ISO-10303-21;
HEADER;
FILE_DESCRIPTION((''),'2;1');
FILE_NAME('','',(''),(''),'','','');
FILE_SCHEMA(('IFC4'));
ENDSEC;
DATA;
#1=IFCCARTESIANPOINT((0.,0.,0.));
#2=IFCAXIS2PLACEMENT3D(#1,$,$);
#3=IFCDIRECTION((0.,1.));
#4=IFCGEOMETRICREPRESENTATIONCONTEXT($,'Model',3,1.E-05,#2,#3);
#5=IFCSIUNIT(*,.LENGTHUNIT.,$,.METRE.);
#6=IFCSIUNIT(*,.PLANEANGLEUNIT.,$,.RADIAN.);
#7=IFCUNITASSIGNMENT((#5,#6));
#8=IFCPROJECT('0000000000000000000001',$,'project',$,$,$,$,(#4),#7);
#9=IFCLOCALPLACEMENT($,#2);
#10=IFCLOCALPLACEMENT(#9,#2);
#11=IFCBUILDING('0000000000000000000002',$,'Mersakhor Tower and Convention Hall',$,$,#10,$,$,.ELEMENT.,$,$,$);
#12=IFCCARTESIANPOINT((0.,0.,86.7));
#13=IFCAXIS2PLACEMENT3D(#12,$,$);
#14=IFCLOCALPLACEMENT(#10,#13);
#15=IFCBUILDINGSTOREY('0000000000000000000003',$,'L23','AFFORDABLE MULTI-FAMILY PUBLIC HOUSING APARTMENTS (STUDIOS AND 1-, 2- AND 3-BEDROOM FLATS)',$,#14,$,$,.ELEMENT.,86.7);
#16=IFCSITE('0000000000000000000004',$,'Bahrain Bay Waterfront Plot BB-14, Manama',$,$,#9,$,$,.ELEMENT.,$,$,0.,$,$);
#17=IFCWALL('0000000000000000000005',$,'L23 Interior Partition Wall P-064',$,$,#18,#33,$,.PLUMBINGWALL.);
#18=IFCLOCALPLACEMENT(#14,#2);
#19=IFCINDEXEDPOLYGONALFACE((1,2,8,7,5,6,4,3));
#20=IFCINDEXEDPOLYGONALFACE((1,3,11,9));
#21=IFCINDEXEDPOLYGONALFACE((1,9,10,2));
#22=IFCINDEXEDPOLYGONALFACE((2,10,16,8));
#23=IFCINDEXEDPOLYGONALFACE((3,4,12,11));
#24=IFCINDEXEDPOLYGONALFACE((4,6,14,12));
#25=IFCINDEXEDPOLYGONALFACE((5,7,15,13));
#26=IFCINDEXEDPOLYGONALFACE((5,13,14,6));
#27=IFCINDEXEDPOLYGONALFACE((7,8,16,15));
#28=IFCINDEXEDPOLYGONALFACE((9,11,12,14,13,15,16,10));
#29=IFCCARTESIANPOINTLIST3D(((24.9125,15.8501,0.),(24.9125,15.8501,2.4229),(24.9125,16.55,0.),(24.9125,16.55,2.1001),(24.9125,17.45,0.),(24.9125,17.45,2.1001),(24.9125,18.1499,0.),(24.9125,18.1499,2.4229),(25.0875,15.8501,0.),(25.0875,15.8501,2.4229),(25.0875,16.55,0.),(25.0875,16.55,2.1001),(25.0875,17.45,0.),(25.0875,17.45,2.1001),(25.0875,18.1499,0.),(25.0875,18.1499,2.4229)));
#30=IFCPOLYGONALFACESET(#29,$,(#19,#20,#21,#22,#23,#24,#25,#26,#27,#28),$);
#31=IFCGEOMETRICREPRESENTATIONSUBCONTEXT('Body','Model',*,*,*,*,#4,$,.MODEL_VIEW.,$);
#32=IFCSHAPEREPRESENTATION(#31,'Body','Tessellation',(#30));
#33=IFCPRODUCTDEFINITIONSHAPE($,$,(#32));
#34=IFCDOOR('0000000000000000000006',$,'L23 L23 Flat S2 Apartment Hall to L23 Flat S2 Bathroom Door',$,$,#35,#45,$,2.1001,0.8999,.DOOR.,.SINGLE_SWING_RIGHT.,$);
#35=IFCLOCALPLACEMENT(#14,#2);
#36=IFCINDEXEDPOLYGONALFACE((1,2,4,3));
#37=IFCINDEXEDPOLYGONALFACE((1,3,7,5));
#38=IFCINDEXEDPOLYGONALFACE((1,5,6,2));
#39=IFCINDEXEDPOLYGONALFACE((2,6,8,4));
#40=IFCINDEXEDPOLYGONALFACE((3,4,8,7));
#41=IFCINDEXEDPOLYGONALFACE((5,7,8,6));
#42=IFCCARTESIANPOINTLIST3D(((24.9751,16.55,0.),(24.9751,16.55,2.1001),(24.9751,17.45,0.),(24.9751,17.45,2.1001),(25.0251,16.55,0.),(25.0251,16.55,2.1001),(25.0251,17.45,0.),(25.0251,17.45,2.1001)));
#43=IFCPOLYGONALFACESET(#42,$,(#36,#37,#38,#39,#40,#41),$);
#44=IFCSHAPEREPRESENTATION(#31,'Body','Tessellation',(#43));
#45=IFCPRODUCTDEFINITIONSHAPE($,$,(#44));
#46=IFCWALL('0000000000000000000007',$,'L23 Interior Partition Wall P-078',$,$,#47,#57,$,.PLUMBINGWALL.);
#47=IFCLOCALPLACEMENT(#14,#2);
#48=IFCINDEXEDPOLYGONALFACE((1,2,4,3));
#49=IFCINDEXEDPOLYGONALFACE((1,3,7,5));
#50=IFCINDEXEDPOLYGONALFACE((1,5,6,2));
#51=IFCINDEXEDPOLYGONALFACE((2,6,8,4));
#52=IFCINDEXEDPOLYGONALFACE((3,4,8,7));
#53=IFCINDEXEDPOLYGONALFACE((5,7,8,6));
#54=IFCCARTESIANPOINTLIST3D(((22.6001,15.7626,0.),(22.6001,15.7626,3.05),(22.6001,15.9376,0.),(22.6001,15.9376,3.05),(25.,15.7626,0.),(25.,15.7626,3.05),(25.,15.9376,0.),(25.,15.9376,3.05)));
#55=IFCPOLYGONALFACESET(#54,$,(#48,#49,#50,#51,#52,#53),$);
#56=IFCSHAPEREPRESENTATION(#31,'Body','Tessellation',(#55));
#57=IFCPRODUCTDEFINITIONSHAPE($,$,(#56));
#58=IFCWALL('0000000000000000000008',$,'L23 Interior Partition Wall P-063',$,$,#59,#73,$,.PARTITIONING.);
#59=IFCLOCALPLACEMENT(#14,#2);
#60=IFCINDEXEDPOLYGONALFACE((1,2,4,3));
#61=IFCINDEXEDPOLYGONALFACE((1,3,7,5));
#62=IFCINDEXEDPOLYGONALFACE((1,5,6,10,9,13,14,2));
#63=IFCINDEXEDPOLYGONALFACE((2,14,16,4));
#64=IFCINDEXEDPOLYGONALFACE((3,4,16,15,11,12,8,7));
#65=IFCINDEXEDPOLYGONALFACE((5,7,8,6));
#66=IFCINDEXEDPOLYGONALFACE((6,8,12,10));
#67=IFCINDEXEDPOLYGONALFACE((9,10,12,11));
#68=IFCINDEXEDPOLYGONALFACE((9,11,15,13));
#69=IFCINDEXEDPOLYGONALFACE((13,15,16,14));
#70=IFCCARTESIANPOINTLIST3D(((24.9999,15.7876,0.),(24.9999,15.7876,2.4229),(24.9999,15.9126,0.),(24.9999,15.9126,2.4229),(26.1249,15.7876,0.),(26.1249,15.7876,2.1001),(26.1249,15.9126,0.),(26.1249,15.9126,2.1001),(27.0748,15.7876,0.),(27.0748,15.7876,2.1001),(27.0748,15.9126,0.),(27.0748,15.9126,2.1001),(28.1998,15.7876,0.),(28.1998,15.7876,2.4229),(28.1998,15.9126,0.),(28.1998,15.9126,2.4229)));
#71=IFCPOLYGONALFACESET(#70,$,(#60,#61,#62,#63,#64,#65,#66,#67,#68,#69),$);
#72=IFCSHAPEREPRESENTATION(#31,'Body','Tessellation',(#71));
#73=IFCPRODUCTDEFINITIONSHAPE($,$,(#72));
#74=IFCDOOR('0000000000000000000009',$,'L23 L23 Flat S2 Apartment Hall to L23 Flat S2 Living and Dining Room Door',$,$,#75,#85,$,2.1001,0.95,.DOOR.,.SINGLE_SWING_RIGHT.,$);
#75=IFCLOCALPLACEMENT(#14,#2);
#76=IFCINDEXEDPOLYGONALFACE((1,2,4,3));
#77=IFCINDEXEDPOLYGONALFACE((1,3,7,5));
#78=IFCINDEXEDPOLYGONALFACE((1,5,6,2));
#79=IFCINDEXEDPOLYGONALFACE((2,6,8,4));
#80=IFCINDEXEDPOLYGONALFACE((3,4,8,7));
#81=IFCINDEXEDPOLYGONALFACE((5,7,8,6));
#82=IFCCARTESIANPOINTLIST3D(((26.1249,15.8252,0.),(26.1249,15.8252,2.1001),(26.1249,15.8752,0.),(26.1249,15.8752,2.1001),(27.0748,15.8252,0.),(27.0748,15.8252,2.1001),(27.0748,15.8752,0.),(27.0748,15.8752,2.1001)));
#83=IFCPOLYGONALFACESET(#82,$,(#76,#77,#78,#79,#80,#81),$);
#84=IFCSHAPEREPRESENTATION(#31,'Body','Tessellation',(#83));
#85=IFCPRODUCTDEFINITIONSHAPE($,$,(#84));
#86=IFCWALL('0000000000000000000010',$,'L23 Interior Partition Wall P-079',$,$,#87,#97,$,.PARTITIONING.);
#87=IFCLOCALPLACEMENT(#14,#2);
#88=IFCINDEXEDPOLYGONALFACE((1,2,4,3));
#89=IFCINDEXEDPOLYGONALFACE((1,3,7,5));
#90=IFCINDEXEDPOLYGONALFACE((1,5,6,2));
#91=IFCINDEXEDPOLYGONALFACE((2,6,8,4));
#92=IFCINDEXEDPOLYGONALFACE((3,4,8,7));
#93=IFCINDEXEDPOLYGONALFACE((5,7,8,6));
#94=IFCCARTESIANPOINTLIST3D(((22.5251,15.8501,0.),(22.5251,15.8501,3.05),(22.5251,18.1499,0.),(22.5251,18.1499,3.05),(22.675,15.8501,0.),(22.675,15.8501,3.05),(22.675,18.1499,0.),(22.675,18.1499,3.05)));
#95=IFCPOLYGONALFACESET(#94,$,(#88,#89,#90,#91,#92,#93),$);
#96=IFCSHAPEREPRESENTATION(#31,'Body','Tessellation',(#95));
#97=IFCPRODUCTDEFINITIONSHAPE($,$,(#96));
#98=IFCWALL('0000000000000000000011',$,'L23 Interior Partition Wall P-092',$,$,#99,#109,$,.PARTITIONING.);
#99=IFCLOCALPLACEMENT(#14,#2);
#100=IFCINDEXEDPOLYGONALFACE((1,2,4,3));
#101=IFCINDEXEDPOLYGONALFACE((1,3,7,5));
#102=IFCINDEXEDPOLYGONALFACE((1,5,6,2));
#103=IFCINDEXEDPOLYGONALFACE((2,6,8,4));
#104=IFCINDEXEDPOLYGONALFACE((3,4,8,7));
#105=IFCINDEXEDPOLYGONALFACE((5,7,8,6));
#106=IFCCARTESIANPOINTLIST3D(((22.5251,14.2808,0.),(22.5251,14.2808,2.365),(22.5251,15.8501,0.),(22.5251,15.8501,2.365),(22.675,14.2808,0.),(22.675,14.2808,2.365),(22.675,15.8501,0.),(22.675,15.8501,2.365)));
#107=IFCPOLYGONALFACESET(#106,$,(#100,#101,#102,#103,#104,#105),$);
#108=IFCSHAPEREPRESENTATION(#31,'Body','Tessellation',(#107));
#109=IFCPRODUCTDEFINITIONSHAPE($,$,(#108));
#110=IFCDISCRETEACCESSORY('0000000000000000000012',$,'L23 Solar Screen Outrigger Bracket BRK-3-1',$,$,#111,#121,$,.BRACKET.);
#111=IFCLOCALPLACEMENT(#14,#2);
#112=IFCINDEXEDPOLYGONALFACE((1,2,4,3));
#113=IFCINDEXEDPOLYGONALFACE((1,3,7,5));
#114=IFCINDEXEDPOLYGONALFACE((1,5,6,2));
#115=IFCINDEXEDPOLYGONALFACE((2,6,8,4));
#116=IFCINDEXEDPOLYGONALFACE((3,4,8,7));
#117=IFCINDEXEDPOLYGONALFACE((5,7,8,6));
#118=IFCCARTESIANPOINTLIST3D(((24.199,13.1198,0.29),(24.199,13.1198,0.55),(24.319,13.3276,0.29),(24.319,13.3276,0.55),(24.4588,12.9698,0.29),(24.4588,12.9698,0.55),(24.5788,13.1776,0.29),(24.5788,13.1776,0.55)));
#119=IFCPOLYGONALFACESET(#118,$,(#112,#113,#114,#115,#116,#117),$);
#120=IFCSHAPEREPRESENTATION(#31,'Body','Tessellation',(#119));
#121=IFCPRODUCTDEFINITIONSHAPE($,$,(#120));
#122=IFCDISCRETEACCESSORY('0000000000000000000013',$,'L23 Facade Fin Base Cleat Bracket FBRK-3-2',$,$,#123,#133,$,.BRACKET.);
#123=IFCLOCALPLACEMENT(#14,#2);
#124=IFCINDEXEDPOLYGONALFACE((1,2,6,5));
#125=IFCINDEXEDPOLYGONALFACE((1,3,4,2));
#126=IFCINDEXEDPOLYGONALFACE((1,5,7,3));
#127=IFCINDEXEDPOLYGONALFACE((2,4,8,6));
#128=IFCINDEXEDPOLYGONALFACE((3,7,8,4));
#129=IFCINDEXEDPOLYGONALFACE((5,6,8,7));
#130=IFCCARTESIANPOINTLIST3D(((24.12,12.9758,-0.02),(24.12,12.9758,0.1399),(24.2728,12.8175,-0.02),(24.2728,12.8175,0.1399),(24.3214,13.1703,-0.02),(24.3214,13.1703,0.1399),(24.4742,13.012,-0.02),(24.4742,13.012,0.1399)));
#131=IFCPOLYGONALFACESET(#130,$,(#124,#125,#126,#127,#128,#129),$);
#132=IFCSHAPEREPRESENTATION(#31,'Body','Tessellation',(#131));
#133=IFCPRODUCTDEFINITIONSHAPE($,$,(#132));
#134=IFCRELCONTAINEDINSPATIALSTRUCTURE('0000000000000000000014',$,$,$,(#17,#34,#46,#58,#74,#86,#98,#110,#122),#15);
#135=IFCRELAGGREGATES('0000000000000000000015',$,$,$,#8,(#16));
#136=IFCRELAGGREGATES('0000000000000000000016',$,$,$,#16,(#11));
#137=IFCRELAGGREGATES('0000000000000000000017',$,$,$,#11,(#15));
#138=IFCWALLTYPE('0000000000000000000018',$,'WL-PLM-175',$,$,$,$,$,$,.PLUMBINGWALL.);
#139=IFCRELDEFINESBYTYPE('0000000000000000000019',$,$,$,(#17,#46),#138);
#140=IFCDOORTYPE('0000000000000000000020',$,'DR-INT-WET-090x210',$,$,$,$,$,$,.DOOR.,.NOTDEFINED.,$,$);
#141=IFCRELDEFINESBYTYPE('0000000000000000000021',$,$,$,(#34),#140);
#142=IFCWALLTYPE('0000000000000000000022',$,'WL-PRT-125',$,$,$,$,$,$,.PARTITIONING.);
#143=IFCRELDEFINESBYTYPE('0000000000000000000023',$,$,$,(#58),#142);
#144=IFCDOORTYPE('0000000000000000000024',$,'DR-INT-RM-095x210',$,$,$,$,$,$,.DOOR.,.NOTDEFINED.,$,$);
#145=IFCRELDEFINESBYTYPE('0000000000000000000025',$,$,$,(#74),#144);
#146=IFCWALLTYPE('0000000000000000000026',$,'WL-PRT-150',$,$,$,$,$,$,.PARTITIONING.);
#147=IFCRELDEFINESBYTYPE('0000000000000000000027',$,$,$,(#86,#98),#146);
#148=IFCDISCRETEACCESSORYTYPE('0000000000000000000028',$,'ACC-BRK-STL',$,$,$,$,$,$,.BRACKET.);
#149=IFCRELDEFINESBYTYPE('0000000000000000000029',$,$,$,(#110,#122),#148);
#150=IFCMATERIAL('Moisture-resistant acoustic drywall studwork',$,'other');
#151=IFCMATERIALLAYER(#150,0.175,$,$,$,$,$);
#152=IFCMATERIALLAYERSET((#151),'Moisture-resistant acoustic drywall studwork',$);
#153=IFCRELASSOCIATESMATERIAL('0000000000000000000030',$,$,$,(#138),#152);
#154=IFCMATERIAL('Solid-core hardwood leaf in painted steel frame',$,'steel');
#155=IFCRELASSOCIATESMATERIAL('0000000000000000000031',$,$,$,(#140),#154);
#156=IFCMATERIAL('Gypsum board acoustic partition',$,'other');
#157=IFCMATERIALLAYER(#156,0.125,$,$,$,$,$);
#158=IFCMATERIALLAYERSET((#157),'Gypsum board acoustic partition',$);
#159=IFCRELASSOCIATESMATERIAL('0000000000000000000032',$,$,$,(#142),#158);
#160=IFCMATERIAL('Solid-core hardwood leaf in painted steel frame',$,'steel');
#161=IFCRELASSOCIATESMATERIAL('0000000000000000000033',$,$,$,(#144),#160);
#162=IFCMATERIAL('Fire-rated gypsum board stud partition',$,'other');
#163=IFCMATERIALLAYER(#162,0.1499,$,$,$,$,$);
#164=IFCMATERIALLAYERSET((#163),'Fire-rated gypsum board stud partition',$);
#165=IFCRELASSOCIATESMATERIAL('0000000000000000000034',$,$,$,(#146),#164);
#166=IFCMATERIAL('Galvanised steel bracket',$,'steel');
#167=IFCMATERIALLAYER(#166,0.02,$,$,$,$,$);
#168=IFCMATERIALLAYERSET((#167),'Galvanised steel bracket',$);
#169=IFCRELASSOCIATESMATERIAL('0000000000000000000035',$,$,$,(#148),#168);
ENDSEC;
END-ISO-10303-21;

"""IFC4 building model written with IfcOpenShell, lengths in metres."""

from ifc_helpers import new_model, si_unit, direction, frame, frame_2d, origin, origin_2d, place, context, subcontext, project, spatial, rectangle, extrude, material, layer, layer_set, type_object, element, fill, save


model = new_model("IFC4")

# Units and contexts
model_context = context("Model", 3, precision=1e-05, world=origin(), true_north=direction((0.0, 1.0)))
body_context = subcontext(model_context, "Body", "Model", "MODEL_VIEW")
ifc_project = project(units=[si_unit("LENGTHUNIT", "METRE"), si_unit("PLANEANGLEUNIT", "RADIAN")], contexts=[model_context])

# Site, building, storey
site_placement = place(None, origin())
site = spatial("IfcSite", under=ifc_project, at=site_placement, Name="Bahrain Bay Waterfront Plot BB-14, Manama", CompositionType="ELEMENT", RefElevation=0.0)
building_placement = place(site_placement, origin())
building = spatial("IfcBuilding", under=site, at=building_placement, Name="Mersakhor Tower and Convention Hall", CompositionType="ELEMENT")
storey_placement = place(building_placement, frame((0.0, 0.0, 86.7)))
storey = spatial("IfcBuildingStorey", under=building, at=storey_placement, Name="L23", Description="AFFORDABLE MULTI-FAMILY PUBLIC HOUSING APARTMENTS (STUDIOS AND 1-, 2- AND 3-BEDROOM FLATS)", CompositionType="ELEMENT", Elevation=86.7)

# Wall, opening, door
ifc_material_1 = material(Name="Moisture-resistant acoustic drywall studwork", Category="other")
ifc_layer_1 = layer(ifc_material_1, 0.175)
ifc_layer_set_1 = layer_set([ifc_layer_1], Name="Moisture-resistant acoustic drywall studwork")
wall_type_1 = type_object("IfcWallType", Name="WL-PLM-175", PredefinedType="PLUMBINGWALL", material=ifc_layer_set_1)
wall_1_placement = place(storey_placement, frame((25.0, 15.8501, 0.0), z_axis=(0.0, 0.0, 1.0), x_axis=(0.0, 1.0, 0.0)))
wall_1 = element("IfcWall", 1, at=wall_1_placement, inside=storey, type_object=wall_type_1, Name="L23 Interior Partition Wall P-064", PredefinedType="PLUMBINGWALL", context=body_context, shape_type="SweptSolid", body=[
    extrude(rectangle(XDim=2.2998, YDim=0.175, at=frame_2d((1.1499, 0.0))), origin(), (0.0, 0.0, 1.0), 2.4229),
])
opening_1_placement = place(wall_1_placement, frame((0.7, 0.0, 0.0)))
opening_1 = element("IfcOpeningElement", 2, at=opening_1_placement, cuts=wall_1, PredefinedType="OPENING", context=body_context, shape_type="SweptSolid", body=[
    extrude(rectangle(XDim=0.8999, YDim=2.1001, at=frame_2d((0.45, 1.05))), frame((0.0, 0.0974, 0.0), z_axis=(0.0, -1.0, 0.0), x_axis=(1.0, 0.0, 0.0)), (0.0, 0.0, 1.0), 0.1951),
])
ifc_material_2 = material(Name="Solid-core hardwood leaf in painted steel frame", Category="steel")
door_type_1 = type_object("IfcDoorType", Name="DR-INT-WET-090x210", OperationType="NOTDEFINED", PredefinedType="DOOR", material=ifc_material_2)
door_1_placement = place(opening_1_placement, origin())
door_1 = element("IfcDoor", 3, at=door_1_placement, inside=storey, type_object=door_type_1, Name="L23 L23 Flat S2 Apartment Hall to L23 Flat S2 Bathroom Door", OperationType="SINGLE_SWING_RIGHT", OverallHeight=2.1001, OverallWidth=0.8999, PredefinedType="DOOR", context=body_context, shape_type="SweptSolid", body=[
    extrude(rectangle(XDim=0.8999, YDim=2.1001, at=frame_2d((0.45, 1.05))), frame((0.0, 0.0249, 0.0), z_axis=(0.0, -1.0, 0.0), x_axis=(1.0, 0.0, 0.0)), (0.0, 0.0, 1.0), 0.05),
])
fill(opening_1, door_1)

# Wall
wall_2_placement = place(storey_placement, frame((25.0, 15.8501, 0.0), z_axis=(0.0, 0.0, 1.0), x_axis=(-1.0, 0.0, 0.0)))
element("IfcWall", 4, at=wall_2_placement, inside=storey, type_object=wall_type_1, Name="L23 Interior Partition Wall P-078", PredefinedType="PLUMBINGWALL", context=body_context, shape_type="SweptSolid", body=[
    extrude(rectangle(XDim=2.3999, YDim=0.175, at=frame_2d((1.2, 0.0))), origin(), (0.0, 0.0, 1.0), 3.05),
])

# Wall, opening, door
ifc_material_3 = material(Name="Gypsum board acoustic partition", Category="other")
ifc_layer_2 = layer(ifc_material_3, 0.125)
ifc_layer_set_2 = layer_set([ifc_layer_2], Name="Gypsum board acoustic partition")
wall_type_2 = type_object("IfcWallType", Name="WL-PRT-125", PredefinedType="PARTITIONING", material=ifc_layer_set_2)
wall_3_placement = place(storey_placement, frame((28.2, 15.8501, 0.0), z_axis=(0.0, 0.0, 1.0), x_axis=(-1.0, 0.0, 0.0)))
wall_3 = element("IfcWall", 5, at=wall_3_placement, inside=storey, type_object=wall_type_2, Name="L23 Interior Partition Wall P-063", PredefinedType="PARTITIONING", context=body_context, shape_type="SweptSolid", body=[
    extrude(rectangle(XDim=3.2, YDim=0.125, at=frame_2d((1.6001, 0.0))), origin(), (0.0, 0.0, 1.0), 2.4229),
])
opening_2_placement = place(wall_3_placement, frame((1.125, 0.0, 0.0)))
opening_2 = element("IfcOpeningElement", 6, at=opening_2_placement, cuts=wall_3, PredefinedType="OPENING", context=body_context, shape_type="SweptSolid", body=[
    extrude(rectangle(XDim=0.95, YDim=2.1001, at=frame_2d((0.4751, 1.05))), frame((0.0, 0.0725, 0.0), z_axis=(0.0, -1.0, 0.0), x_axis=(1.0, 0.0, 0.0)), (0.0, 0.0, 1.0), 0.145),
])
ifc_material_4 = material(Name="Solid-core hardwood leaf in painted steel frame", Category="steel")
door_type_2 = type_object("IfcDoorType", Name="DR-INT-RM-095x210", OperationType="NOTDEFINED", PredefinedType="DOOR", material=ifc_material_4)
door_2_placement = place(opening_2_placement, origin())
door_2 = element("IfcDoor", 7, at=door_2_placement, inside=storey, type_object=door_type_2, Name="L23 L23 Flat S2 Apartment Hall to L23 Flat S2 Living and Dining Room Door", OperationType="SINGLE_SWING_RIGHT", OverallHeight=2.1001, OverallWidth=0.95, PredefinedType="DOOR", context=body_context, shape_type="SweptSolid", body=[
    extrude(rectangle(XDim=0.95, YDim=2.1001, at=frame_2d((0.4751, 1.05))), frame((0.0, 0.0249, 0.0), z_axis=(0.0, -1.0, 0.0), x_axis=(1.0, 0.0, 0.0)), (0.0, 0.0, 1.0), 0.05),
])
fill(opening_2, door_2)
ifc_material_5 = material(Name="Fire-rated gypsum board stud partition", Category="other")
ifc_layer_3 = layer(ifc_material_5, 0.1499)
ifc_layer_set_3 = layer_set([ifc_layer_3], Name="Fire-rated gypsum board stud partition")
wall_type_3 = type_object("IfcWallType", Name="WL-PRT-150", PredefinedType="PARTITIONING", material=ifc_layer_set_3)

# Walls
wall_4_placement = place(storey_placement, frame((22.6001, 15.8501, 0.0), z_axis=(0.0, 0.0, 1.0), x_axis=(0.0, 1.0, 0.0)))
element("IfcWall", 8, at=wall_4_placement, inside=storey, type_object=wall_type_3, Name="L23 Interior Partition Wall P-079", PredefinedType="PARTITIONING", context=body_context, shape_type="SweptSolid", body=[
    extrude(rectangle(XDim=2.2998, YDim=0.1499, at=frame_2d((1.1499, 0.0))), origin(), (0.0, 0.0, 1.0), 3.05),
])
wall_5_placement = place(storey_placement, frame((22.6001, 15.8501, 0.0), z_axis=(0.0, 0.0, 1.0), x_axis=(0.0, -1.0, 0.0)))
element("IfcWall", 9, at=wall_5_placement, inside=storey, type_object=wall_type_3, Name="L23 Interior Partition Wall P-092", PredefinedType="PARTITIONING", context=body_context, shape_type="SweptSolid", body=[
    extrude(rectangle(XDim=1.5693, YDim=0.1499, at=frame_2d((0.7847, 0.0))), origin(), (0.0, 0.0, 1.0), 2.365),
])

# Discrete accessories
ifc_material_6 = material(Name="Galvanised steel bracket", Category="steel")
ifc_layer_4 = layer(ifc_material_6, 0.02)
ifc_layer_set_4 = layer_set([ifc_layer_4], Name="Galvanised steel bracket")
discrete_accessory_type = type_object("IfcDiscreteAccessoryType", Name="ACC-BRK-STL", PredefinedType="BRACKET", material=ifc_layer_set_4)
discrete_accessory_1_placement = place(storey_placement, frame((24.3889, 13.1487, 0.29), z_axis=(0.0, 0.0, 1.0), x_axis=(-0.866025, 0.5, 0.0)))
element("IfcDiscreteAccessory", 10, at=discrete_accessory_1_placement, inside=storey, type_object=discrete_accessory_type, Name="L23 Solar Screen Outrigger Bracket BRK-3-1", PredefinedType="BRACKET", context=body_context, shape_type="SweptSolid", body=[
    extrude(rectangle(XDim=0.3, YDim=0.24, at=origin_2d()), origin(), (0.0, 0.0, 1.0), 0.26),
])
discrete_accessory_2_placement = place(storey_placement, frame((24.2971, 12.9939, -0.02), z_axis=(0.0, 0.0, 1.0), x_axis=(-0.71934, -0.694658, 0.0)))
element("IfcDiscreteAccessory", 11, at=discrete_accessory_2_placement, inside=storey, type_object=discrete_accessory_type, Name="L23 Facade Fin Base Cleat Bracket FBRK-3-2", PredefinedType="BRACKET", context=body_context, shape_type="SweptSolid", body=[
    extrude(rectangle(XDim=0.28, YDim=0.22, at=origin_2d()), origin(), (0.0, 0.0, 1.0), 0.1599),
])

save(model, "model.ifc")
